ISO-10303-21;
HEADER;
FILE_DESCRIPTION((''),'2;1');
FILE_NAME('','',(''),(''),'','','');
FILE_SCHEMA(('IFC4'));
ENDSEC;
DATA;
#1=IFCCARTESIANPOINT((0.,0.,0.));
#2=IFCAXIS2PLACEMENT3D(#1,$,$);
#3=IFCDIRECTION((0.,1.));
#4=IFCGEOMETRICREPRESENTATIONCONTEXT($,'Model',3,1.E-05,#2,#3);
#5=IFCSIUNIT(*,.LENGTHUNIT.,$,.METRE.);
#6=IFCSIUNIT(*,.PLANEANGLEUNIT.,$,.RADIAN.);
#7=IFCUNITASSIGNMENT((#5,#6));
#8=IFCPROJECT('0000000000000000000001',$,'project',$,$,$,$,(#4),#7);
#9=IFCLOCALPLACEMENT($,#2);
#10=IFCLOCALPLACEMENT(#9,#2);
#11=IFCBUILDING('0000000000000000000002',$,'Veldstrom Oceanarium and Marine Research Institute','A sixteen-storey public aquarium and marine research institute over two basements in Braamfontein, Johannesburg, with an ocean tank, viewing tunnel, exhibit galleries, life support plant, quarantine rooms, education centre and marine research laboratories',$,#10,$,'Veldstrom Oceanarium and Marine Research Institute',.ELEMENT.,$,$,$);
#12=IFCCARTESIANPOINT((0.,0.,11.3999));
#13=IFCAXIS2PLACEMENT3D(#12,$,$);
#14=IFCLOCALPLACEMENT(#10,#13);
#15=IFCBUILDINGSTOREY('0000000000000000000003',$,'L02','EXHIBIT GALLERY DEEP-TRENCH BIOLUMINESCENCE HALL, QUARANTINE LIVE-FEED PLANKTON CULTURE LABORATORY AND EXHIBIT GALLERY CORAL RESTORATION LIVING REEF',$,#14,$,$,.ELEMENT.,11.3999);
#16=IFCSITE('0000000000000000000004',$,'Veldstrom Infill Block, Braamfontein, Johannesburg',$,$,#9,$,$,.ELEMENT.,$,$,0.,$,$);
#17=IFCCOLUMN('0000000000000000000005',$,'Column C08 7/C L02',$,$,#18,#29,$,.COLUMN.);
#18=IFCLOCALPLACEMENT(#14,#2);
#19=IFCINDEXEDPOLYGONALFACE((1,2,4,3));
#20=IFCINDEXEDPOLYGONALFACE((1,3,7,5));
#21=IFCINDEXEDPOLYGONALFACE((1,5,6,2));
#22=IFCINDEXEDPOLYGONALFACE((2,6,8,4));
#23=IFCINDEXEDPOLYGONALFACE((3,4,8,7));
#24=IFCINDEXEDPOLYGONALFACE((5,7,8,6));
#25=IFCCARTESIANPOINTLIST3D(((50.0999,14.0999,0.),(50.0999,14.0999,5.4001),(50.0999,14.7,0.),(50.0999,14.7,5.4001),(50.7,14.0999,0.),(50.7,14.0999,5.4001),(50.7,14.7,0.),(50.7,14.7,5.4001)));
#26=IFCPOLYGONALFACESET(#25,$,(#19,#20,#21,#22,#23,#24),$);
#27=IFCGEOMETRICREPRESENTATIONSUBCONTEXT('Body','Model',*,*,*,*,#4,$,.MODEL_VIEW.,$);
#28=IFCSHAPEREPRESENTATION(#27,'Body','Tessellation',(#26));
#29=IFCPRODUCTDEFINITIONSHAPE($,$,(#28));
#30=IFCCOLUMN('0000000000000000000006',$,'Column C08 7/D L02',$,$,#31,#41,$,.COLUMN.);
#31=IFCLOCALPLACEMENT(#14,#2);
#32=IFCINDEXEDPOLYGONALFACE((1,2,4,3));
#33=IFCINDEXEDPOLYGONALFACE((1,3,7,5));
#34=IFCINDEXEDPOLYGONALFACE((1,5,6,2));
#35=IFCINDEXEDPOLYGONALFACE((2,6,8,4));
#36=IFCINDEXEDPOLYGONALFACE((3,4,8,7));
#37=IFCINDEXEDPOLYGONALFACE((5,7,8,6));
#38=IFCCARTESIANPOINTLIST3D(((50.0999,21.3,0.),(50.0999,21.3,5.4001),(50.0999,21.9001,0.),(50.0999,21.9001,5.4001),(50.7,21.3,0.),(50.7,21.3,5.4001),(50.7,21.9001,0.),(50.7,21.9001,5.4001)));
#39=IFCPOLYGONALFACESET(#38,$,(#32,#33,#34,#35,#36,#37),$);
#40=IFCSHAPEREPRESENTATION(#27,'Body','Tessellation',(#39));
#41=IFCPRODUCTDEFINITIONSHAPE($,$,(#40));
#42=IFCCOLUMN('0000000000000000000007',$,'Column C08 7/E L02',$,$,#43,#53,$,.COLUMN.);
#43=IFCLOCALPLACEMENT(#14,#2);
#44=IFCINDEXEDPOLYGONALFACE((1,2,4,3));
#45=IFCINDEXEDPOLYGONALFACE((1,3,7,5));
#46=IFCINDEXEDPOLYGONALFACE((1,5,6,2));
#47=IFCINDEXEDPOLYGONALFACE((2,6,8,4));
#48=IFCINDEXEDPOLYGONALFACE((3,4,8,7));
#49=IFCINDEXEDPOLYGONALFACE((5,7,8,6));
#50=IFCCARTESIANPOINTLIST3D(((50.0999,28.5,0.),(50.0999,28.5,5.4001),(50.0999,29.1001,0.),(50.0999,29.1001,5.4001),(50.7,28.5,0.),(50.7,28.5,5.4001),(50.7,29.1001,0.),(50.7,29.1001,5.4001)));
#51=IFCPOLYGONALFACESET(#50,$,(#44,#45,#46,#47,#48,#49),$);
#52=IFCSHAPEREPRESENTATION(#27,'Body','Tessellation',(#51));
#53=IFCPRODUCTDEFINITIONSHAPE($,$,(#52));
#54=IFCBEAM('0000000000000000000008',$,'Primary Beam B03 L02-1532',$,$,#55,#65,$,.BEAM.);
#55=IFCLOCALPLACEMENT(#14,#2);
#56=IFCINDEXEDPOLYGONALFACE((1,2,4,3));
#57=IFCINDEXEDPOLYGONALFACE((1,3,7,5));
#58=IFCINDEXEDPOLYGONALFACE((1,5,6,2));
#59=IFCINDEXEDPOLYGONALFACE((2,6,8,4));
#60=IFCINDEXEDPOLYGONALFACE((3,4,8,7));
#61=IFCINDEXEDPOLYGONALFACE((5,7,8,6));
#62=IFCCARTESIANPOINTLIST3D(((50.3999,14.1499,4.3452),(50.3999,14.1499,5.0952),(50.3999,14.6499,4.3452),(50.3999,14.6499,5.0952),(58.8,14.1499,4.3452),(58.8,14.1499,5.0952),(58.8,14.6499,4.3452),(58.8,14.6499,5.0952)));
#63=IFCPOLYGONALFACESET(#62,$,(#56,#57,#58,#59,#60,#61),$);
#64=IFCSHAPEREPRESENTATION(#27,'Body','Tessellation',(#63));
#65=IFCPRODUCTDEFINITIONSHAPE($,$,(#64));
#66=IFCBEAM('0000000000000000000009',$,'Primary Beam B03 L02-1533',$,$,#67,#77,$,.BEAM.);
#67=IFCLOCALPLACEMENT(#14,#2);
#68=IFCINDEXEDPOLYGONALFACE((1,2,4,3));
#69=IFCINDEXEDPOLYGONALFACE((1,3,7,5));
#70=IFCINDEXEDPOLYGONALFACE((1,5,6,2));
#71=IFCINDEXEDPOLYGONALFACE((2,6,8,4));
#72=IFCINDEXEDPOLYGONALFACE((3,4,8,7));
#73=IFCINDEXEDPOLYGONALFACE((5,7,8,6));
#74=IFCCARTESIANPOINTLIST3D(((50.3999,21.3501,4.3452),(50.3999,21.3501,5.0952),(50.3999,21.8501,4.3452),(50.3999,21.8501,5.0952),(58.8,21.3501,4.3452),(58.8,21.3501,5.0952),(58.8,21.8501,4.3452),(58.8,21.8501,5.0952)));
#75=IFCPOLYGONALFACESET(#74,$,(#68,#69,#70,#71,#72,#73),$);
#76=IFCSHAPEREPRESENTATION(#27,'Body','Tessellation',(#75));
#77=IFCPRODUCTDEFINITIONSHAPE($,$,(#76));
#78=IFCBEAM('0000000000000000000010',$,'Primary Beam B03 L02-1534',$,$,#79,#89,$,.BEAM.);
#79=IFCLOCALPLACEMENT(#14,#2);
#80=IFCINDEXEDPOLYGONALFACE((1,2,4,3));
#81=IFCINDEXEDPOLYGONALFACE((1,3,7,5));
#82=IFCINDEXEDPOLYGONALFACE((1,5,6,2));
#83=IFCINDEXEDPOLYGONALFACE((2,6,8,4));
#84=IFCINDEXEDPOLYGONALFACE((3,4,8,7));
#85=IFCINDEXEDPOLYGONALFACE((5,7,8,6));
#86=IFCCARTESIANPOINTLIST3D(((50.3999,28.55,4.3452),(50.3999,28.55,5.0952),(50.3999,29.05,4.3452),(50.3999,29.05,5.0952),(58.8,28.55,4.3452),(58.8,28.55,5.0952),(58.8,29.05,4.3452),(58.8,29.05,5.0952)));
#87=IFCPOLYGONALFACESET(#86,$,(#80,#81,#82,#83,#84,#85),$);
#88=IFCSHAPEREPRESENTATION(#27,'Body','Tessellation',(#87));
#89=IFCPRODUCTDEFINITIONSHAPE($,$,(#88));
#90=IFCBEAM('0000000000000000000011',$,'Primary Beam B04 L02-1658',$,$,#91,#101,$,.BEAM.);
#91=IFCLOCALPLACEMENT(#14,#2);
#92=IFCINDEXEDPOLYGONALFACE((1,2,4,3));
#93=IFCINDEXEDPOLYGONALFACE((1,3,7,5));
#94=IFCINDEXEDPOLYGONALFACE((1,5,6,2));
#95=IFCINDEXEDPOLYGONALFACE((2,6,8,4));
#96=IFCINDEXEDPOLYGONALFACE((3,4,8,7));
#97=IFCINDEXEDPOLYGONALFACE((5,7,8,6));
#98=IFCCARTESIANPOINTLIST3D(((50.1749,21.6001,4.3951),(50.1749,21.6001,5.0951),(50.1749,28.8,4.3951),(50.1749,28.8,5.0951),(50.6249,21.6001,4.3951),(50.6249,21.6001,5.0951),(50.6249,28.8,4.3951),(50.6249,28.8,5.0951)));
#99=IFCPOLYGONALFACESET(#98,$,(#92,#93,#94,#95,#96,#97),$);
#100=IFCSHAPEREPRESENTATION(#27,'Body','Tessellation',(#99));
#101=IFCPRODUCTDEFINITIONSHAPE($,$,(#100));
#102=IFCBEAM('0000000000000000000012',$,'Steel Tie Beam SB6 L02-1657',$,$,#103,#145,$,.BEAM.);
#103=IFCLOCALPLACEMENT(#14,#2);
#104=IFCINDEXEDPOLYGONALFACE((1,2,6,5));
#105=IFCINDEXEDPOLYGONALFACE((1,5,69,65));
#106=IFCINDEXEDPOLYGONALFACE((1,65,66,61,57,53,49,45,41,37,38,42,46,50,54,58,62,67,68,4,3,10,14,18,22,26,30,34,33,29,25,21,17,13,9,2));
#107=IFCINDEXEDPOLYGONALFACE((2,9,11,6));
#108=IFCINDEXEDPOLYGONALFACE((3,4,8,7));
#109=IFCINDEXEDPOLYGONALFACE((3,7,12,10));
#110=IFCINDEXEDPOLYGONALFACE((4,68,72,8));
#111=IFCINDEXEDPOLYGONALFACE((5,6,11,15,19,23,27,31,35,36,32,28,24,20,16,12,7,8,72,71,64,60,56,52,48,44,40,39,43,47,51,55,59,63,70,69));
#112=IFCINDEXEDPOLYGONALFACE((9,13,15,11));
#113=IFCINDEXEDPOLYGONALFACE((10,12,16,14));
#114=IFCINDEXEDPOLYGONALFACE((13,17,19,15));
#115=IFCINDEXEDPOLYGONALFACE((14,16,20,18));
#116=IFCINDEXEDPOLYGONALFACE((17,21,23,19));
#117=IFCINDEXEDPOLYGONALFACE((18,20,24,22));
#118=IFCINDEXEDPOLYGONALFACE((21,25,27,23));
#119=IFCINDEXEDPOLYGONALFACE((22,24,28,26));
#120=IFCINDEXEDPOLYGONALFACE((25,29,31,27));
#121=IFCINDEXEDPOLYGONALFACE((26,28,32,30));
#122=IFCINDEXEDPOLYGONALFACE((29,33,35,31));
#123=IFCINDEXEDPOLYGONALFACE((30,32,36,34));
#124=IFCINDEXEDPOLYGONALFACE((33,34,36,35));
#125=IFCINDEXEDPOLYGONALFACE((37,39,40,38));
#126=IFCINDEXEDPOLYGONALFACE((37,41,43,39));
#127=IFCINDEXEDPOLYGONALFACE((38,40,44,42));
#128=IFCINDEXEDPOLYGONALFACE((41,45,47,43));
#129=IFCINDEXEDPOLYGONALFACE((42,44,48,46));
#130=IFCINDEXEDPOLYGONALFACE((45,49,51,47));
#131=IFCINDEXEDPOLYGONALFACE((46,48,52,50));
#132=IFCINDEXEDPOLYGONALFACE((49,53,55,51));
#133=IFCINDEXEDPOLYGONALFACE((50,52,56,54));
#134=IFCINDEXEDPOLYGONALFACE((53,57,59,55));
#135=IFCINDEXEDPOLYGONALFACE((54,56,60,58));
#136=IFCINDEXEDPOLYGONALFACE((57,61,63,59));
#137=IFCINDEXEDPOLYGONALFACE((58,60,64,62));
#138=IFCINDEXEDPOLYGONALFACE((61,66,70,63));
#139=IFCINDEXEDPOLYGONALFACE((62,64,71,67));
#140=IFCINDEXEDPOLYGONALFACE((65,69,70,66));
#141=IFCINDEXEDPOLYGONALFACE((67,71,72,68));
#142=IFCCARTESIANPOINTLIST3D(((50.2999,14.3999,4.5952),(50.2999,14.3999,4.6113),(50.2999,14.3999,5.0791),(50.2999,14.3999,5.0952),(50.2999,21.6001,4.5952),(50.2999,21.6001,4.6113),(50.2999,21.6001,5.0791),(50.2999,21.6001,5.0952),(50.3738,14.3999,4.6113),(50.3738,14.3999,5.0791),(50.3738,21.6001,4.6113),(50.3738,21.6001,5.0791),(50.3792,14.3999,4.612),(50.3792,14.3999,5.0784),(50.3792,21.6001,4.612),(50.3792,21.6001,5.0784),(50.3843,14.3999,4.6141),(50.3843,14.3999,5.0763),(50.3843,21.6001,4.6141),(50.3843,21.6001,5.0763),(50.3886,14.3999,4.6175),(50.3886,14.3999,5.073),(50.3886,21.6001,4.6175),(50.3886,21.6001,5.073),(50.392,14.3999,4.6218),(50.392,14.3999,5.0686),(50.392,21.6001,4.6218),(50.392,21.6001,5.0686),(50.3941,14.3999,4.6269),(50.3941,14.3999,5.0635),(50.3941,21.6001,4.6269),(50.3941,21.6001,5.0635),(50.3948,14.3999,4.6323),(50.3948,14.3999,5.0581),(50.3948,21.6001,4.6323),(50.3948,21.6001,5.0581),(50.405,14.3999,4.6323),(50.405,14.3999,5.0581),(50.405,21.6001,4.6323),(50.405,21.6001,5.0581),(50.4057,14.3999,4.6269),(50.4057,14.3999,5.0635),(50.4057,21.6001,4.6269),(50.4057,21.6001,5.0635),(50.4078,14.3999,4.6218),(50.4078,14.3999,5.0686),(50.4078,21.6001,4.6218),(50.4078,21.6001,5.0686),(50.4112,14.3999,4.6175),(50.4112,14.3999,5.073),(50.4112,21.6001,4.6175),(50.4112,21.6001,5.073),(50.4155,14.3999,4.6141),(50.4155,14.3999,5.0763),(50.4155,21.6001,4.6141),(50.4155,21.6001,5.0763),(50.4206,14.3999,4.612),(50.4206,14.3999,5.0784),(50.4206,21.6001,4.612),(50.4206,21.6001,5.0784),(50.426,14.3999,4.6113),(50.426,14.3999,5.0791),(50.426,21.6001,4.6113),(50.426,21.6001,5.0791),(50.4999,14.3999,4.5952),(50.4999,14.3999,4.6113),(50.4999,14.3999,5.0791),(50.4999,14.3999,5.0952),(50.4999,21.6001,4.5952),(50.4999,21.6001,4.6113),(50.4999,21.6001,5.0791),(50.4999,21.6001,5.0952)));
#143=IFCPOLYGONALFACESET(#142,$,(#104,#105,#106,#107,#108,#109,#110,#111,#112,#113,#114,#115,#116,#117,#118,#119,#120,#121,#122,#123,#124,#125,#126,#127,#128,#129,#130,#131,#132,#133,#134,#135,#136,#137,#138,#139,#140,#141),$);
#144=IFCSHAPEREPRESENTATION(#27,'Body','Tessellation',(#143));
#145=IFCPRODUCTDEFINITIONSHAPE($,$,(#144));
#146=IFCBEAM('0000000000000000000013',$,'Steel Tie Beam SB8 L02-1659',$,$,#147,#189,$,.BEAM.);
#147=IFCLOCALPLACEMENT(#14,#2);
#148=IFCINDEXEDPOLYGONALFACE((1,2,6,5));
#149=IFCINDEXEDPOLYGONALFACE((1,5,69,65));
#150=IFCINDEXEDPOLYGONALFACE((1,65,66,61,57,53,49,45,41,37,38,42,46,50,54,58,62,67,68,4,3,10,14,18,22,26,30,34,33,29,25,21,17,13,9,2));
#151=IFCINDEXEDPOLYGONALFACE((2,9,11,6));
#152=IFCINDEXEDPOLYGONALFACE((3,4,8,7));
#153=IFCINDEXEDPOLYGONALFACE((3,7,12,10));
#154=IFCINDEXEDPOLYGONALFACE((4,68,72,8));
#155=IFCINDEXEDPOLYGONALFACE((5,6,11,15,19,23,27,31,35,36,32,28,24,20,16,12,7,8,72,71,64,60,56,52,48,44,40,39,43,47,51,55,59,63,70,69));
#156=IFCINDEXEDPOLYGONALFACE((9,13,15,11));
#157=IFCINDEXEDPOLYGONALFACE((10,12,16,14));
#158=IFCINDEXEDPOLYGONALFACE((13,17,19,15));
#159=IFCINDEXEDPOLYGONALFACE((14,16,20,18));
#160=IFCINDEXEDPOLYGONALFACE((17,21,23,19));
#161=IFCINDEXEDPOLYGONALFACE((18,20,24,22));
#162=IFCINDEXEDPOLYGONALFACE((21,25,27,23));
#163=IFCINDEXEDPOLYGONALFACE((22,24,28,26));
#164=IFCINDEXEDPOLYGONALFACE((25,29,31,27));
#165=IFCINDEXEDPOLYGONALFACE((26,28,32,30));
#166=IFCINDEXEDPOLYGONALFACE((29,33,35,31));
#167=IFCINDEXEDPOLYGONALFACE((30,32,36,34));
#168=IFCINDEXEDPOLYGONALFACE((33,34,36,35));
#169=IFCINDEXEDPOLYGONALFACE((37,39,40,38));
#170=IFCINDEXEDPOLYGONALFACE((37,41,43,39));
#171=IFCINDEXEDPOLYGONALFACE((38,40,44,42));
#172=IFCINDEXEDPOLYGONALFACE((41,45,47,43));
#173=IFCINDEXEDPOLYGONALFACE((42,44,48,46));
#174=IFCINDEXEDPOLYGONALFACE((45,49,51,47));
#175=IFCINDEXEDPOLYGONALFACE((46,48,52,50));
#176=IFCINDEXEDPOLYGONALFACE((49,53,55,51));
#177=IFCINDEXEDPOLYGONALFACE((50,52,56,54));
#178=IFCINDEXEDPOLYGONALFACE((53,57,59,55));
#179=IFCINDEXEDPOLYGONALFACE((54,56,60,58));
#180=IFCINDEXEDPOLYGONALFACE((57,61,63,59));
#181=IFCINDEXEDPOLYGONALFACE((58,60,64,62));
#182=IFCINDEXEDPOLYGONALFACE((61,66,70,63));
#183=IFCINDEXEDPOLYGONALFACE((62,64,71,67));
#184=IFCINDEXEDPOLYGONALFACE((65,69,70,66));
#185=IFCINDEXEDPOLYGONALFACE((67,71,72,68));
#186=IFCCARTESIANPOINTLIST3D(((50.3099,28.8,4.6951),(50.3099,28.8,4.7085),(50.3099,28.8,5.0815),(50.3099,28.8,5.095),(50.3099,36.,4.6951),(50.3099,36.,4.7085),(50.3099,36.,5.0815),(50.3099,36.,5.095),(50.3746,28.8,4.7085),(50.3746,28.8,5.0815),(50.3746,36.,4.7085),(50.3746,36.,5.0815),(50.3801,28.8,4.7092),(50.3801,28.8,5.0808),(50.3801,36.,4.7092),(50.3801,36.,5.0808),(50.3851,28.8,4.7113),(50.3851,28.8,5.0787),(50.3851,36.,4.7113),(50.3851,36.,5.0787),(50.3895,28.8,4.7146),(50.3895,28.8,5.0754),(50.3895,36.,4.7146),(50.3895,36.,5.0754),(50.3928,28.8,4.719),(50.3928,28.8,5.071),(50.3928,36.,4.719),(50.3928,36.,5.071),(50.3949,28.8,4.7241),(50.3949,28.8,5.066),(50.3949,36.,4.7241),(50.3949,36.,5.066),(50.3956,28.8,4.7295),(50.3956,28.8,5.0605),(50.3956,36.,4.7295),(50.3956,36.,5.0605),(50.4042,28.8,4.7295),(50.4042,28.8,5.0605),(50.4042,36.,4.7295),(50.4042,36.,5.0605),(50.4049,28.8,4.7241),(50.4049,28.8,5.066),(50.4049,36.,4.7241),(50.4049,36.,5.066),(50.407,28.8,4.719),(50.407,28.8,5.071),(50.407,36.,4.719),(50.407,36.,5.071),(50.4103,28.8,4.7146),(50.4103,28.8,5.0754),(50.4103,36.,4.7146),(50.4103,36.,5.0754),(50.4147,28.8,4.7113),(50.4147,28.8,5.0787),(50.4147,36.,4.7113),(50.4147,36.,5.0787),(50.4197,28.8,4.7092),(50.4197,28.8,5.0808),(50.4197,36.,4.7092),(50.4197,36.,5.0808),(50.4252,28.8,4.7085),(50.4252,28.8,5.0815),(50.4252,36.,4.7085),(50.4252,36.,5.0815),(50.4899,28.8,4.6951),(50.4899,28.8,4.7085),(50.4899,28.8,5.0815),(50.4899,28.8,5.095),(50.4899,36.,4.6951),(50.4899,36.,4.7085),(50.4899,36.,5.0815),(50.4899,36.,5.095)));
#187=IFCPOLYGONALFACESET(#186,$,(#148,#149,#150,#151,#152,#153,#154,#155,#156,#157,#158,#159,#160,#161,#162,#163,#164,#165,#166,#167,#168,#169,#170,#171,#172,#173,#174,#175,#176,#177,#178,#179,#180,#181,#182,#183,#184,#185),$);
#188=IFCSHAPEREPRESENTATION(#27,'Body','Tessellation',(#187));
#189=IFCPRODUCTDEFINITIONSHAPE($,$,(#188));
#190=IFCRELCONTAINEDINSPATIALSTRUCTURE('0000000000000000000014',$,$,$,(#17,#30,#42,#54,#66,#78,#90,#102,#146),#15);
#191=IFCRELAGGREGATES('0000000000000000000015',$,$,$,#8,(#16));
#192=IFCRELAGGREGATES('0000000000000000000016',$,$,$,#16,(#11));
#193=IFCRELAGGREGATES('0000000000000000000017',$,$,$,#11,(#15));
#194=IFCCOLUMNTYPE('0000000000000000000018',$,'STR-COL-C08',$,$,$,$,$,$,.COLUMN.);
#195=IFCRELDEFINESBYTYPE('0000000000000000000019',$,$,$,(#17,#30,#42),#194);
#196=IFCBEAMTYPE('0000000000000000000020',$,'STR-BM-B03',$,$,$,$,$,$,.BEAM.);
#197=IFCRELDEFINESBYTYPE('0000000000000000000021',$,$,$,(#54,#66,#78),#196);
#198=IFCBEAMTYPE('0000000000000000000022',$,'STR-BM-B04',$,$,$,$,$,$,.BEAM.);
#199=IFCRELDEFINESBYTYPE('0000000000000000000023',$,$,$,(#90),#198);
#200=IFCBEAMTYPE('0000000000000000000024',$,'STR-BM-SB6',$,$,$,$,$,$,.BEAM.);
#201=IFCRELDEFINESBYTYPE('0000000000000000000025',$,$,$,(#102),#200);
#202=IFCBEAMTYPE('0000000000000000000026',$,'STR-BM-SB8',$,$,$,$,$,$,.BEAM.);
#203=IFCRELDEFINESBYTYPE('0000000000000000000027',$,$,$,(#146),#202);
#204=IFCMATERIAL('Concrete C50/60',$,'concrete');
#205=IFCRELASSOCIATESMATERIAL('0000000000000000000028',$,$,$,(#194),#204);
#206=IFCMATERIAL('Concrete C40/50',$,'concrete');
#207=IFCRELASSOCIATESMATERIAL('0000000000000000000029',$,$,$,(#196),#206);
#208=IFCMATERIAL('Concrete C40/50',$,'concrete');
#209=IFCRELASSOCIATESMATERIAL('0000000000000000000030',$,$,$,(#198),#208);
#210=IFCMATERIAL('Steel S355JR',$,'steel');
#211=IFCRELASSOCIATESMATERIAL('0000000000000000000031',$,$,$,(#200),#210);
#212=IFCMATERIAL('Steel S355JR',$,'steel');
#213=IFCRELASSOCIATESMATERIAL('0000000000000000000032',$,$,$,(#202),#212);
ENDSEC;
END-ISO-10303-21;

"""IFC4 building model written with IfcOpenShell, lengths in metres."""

from ifc_helpers import new_model, si_unit, direction, frame, origin, origin_2d, place, context, subcontext, project, spatial, rectangle, i_section, extrude, material, material_profile, profile_set, type_object, element, save


model = new_model("IFC4")

# Units and contexts
model_context = context("Model", 3, precision=1e-05, world=origin(), true_north=direction((0.0, 1.0)))
body_context = subcontext(model_context, "Body", "Model", "MODEL_VIEW")
ifc_project = project(units=[si_unit("LENGTHUNIT", "METRE"), si_unit("PLANEANGLEUNIT", "RADIAN")], contexts=[model_context])

# Site, building, storey
site_placement = place(None, origin())
site = spatial("IfcSite", under=ifc_project, at=site_placement, Name="Veldstrom Infill Block, Braamfontein, Johannesburg", CompositionType="ELEMENT", RefElevation=0.0)
building_placement = place(site_placement, origin())
building = spatial("IfcBuilding", under=site, at=building_placement, Name="Veldstrom Oceanarium and Marine Research Institute", Description="A sixteen-storey public aquarium and marine research institute over two basements in Braamfontein, Johannesburg, with an ocean tank, viewing tunnel, exhibit galleries, life support plant, quarantine rooms, education centre and marine research laboratories", LongName="Veldstrom Oceanarium and Marine Research Institute", CompositionType="ELEMENT")
storey_placement = place(building_placement, frame((0.0, 0.0, 11.3999)))
storey = spatial("IfcBuildingStorey", under=building, at=storey_placement, Name="L02", Description="EXHIBIT GALLERY DEEP-TRENCH BIOLUMINESCENCE HALL, QUARANTINE LIVE-FEED PLANKTON CULTURE LABORATORY AND EXHIBIT GALLERY CORAL RESTORATION LIVING REEF", CompositionType="ELEMENT", Elevation=11.3999)

# Columns
ifc_material_1 = material(Name="Concrete C50/60", Category="concrete")
ifc_material_profile_1 = material_profile(ifc_material_1, rectangle(XDim=0.6001, YDim=0.6001, at=origin_2d()), Name="RC-COL-600x600")
ifc_profile_set_1 = profile_set([ifc_material_profile_1], Name="Concrete C50/60")
column_type = type_object("IfcColumnType", Name="STR-COL-C08", PredefinedType="COLUMN", material=ifc_profile_set_1)
for number, where, z_axis, x_axis, name in (
    (1, (50.3999, 14.3999, 0.0), (0.0, 0.0, 1.0), (1.0, 0.0, 0.0), "Column C08 7/C L02"),
    (2, (50.3999, 21.6001, 0.0), (0.0, 0.0, 1.0), (1.0, 0.0, 0.0), "Column C08 7/D L02"),
    (3, (50.3999, 28.8, 0.0), (0.0, 0.0, 1.0), (1.0, 0.0, 0.0), "Column C08 7/E L02"),
):
    element("IfcColumn", number, at=place(storey_placement, frame(where, z_axis=z_axis, x_axis=x_axis)), inside=storey, type_object=column_type, Name=name, PredefinedType="COLUMN", context=body_context, shape_type="SweptSolid", body=[
        extrude(rectangle(XDim=0.6001, YDim=0.6001, at=origin_2d()), origin(), (0.0, 0.0, 1.0), 5.4001),
    ])

# Beams
ifc_material_2 = material(Name="Concrete C40/50", Category="concrete")
ifc_material_profile_2 = material_profile(ifc_material_2, rectangle(XDim=0.5, YDim=0.75, at=origin_2d()), Name="RC-BM-500x750")
ifc_profile_set_2 = profile_set([ifc_material_profile_2], Name="Concrete C40/50")
beam_type_1 = type_object("IfcBeamType", Name="STR-BM-B03", PredefinedType="BEAM", material=ifc_profile_set_2)
for number, where, z_axis, x_axis, name in (
    (4, (50.3999, 14.3999, 4.7202), (1.0, 0.0, 0.0), (0.0, 1.0, 0.0), "Primary Beam B03 L02-1532"),
    (5, (50.3999, 21.6001, 4.7202), (1.0, 0.0, 0.0), (0.0, 1.0, 0.0), "Primary Beam B03 L02-1533"),
    (6, (50.3999, 28.8, 4.7202), (1.0, 0.0, 0.0), (0.0, 1.0, 0.0), "Primary Beam B03 L02-1534"),
):
    element("IfcBeam", number, at=place(storey_placement, frame(where, z_axis=z_axis, x_axis=x_axis)), inside=storey, type_object=beam_type_1, Name=name, PredefinedType="BEAM", context=body_context, shape_type="SweptSolid", body=[
        extrude(rectangle(XDim=0.5, YDim=0.75, at=origin_2d()), origin(), (0.0, 0.0, 1.0), 8.4001),
    ])
ifc_material_3 = material(Name="Concrete C40/50", Category="concrete")
ifc_material_profile_3 = material_profile(ifc_material_3, rectangle(XDim=0.45, YDim=0.7, at=origin_2d()), Name="RC-BM-450x700")
ifc_profile_set_3 = profile_set([ifc_material_profile_3], Name="Concrete C40/50")
beam_type_2 = type_object("IfcBeamType", Name="STR-BM-B04", PredefinedType="BEAM", material=ifc_profile_set_3)
beam_1_placement = place(storey_placement, frame((50.3999, 21.6001, 4.7451), z_axis=(0.0, 1.0, 0.0), x_axis=(-1.0, 0.0, 0.0)))
element("IfcBeam", 7, at=beam_1_placement, inside=storey, type_object=beam_type_2, Name="Primary Beam B04 L02-1658", PredefinedType="BEAM", context=body_context, shape_type="SweptSolid", body=[
    extrude(rectangle(XDim=0.45, YDim=0.7, at=origin_2d()), origin(), (0.0, 0.0, 1.0), 7.2),
])
ifc_material_4 = material(Name="Steel S355JR", Category="steel")
ifc_material_profile_4 = material_profile(ifc_material_4, i_section(OverallWidth=0.2, OverallDepth=0.5, WebThickness=0.0103, FlangeThickness=0.0161, FilletRadius=0.021, at=origin_2d()), Name="IPE 500")
ifc_profile_set_4 = profile_set([ifc_material_profile_4], Name="Steel S355JR")
beam_type_3 = type_object("IfcBeamType", Name="STR-BM-SB6", PredefinedType="BEAM", material=ifc_profile_set_4)
beam_2_placement = place(storey_placement, frame((50.3999, 14.3999, 4.8452), z_axis=(0.0, 1.0, 0.0), x_axis=(-1.0, 0.0, 0.0)))
element("IfcBeam", 8, at=beam_2_placement, inside=storey, type_object=beam_type_3, Name="Steel Tie Beam SB6 L02-1657", PredefinedType="BEAM", context=body_context, shape_type="SweptSolid", body=[
    extrude(i_section(OverallWidth=0.2, OverallDepth=0.5, WebThickness=0.0103, FlangeThickness=0.0161, FilletRadius=0.021, at=origin_2d()), origin(), (0.0, 0.0, 1.0), 7.2002),
])
ifc_material_5 = material(Name="Steel S355JR", Category="steel")
ifc_material_profile_5 = material_profile(ifc_material_5, i_section(OverallWidth=0.1799, OverallDepth=0.3999, WebThickness=0.0085, FlangeThickness=0.0134, FilletRadius=0.021, at=origin_2d()), Name="IPE 400")
ifc_profile_set_5 = profile_set([ifc_material_profile_5], Name="Steel S355JR")
beam_type_4 = type_object("IfcBeamType", Name="STR-BM-SB8", PredefinedType="BEAM", material=ifc_profile_set_5)
beam_3_placement = place(storey_placement, frame((50.3999, 28.8, 4.895), z_axis=(0.0, 1.0, 0.0), x_axis=(-1.0, 0.0, 0.0)))
element("IfcBeam", 9, at=beam_3_placement, inside=storey, type_object=beam_type_4, Name="Steel Tie Beam SB8 L02-1659", PredefinedType="BEAM", context=body_context, shape_type="SweptSolid", body=[
    extrude(i_section(OverallWidth=0.1799, OverallDepth=0.3999, WebThickness=0.0085, FlangeThickness=0.0134, FilletRadius=0.021, at=origin_2d()), origin(), (0.0, 0.0, 1.0), 7.2),
])

save(model, "model.ifc")
